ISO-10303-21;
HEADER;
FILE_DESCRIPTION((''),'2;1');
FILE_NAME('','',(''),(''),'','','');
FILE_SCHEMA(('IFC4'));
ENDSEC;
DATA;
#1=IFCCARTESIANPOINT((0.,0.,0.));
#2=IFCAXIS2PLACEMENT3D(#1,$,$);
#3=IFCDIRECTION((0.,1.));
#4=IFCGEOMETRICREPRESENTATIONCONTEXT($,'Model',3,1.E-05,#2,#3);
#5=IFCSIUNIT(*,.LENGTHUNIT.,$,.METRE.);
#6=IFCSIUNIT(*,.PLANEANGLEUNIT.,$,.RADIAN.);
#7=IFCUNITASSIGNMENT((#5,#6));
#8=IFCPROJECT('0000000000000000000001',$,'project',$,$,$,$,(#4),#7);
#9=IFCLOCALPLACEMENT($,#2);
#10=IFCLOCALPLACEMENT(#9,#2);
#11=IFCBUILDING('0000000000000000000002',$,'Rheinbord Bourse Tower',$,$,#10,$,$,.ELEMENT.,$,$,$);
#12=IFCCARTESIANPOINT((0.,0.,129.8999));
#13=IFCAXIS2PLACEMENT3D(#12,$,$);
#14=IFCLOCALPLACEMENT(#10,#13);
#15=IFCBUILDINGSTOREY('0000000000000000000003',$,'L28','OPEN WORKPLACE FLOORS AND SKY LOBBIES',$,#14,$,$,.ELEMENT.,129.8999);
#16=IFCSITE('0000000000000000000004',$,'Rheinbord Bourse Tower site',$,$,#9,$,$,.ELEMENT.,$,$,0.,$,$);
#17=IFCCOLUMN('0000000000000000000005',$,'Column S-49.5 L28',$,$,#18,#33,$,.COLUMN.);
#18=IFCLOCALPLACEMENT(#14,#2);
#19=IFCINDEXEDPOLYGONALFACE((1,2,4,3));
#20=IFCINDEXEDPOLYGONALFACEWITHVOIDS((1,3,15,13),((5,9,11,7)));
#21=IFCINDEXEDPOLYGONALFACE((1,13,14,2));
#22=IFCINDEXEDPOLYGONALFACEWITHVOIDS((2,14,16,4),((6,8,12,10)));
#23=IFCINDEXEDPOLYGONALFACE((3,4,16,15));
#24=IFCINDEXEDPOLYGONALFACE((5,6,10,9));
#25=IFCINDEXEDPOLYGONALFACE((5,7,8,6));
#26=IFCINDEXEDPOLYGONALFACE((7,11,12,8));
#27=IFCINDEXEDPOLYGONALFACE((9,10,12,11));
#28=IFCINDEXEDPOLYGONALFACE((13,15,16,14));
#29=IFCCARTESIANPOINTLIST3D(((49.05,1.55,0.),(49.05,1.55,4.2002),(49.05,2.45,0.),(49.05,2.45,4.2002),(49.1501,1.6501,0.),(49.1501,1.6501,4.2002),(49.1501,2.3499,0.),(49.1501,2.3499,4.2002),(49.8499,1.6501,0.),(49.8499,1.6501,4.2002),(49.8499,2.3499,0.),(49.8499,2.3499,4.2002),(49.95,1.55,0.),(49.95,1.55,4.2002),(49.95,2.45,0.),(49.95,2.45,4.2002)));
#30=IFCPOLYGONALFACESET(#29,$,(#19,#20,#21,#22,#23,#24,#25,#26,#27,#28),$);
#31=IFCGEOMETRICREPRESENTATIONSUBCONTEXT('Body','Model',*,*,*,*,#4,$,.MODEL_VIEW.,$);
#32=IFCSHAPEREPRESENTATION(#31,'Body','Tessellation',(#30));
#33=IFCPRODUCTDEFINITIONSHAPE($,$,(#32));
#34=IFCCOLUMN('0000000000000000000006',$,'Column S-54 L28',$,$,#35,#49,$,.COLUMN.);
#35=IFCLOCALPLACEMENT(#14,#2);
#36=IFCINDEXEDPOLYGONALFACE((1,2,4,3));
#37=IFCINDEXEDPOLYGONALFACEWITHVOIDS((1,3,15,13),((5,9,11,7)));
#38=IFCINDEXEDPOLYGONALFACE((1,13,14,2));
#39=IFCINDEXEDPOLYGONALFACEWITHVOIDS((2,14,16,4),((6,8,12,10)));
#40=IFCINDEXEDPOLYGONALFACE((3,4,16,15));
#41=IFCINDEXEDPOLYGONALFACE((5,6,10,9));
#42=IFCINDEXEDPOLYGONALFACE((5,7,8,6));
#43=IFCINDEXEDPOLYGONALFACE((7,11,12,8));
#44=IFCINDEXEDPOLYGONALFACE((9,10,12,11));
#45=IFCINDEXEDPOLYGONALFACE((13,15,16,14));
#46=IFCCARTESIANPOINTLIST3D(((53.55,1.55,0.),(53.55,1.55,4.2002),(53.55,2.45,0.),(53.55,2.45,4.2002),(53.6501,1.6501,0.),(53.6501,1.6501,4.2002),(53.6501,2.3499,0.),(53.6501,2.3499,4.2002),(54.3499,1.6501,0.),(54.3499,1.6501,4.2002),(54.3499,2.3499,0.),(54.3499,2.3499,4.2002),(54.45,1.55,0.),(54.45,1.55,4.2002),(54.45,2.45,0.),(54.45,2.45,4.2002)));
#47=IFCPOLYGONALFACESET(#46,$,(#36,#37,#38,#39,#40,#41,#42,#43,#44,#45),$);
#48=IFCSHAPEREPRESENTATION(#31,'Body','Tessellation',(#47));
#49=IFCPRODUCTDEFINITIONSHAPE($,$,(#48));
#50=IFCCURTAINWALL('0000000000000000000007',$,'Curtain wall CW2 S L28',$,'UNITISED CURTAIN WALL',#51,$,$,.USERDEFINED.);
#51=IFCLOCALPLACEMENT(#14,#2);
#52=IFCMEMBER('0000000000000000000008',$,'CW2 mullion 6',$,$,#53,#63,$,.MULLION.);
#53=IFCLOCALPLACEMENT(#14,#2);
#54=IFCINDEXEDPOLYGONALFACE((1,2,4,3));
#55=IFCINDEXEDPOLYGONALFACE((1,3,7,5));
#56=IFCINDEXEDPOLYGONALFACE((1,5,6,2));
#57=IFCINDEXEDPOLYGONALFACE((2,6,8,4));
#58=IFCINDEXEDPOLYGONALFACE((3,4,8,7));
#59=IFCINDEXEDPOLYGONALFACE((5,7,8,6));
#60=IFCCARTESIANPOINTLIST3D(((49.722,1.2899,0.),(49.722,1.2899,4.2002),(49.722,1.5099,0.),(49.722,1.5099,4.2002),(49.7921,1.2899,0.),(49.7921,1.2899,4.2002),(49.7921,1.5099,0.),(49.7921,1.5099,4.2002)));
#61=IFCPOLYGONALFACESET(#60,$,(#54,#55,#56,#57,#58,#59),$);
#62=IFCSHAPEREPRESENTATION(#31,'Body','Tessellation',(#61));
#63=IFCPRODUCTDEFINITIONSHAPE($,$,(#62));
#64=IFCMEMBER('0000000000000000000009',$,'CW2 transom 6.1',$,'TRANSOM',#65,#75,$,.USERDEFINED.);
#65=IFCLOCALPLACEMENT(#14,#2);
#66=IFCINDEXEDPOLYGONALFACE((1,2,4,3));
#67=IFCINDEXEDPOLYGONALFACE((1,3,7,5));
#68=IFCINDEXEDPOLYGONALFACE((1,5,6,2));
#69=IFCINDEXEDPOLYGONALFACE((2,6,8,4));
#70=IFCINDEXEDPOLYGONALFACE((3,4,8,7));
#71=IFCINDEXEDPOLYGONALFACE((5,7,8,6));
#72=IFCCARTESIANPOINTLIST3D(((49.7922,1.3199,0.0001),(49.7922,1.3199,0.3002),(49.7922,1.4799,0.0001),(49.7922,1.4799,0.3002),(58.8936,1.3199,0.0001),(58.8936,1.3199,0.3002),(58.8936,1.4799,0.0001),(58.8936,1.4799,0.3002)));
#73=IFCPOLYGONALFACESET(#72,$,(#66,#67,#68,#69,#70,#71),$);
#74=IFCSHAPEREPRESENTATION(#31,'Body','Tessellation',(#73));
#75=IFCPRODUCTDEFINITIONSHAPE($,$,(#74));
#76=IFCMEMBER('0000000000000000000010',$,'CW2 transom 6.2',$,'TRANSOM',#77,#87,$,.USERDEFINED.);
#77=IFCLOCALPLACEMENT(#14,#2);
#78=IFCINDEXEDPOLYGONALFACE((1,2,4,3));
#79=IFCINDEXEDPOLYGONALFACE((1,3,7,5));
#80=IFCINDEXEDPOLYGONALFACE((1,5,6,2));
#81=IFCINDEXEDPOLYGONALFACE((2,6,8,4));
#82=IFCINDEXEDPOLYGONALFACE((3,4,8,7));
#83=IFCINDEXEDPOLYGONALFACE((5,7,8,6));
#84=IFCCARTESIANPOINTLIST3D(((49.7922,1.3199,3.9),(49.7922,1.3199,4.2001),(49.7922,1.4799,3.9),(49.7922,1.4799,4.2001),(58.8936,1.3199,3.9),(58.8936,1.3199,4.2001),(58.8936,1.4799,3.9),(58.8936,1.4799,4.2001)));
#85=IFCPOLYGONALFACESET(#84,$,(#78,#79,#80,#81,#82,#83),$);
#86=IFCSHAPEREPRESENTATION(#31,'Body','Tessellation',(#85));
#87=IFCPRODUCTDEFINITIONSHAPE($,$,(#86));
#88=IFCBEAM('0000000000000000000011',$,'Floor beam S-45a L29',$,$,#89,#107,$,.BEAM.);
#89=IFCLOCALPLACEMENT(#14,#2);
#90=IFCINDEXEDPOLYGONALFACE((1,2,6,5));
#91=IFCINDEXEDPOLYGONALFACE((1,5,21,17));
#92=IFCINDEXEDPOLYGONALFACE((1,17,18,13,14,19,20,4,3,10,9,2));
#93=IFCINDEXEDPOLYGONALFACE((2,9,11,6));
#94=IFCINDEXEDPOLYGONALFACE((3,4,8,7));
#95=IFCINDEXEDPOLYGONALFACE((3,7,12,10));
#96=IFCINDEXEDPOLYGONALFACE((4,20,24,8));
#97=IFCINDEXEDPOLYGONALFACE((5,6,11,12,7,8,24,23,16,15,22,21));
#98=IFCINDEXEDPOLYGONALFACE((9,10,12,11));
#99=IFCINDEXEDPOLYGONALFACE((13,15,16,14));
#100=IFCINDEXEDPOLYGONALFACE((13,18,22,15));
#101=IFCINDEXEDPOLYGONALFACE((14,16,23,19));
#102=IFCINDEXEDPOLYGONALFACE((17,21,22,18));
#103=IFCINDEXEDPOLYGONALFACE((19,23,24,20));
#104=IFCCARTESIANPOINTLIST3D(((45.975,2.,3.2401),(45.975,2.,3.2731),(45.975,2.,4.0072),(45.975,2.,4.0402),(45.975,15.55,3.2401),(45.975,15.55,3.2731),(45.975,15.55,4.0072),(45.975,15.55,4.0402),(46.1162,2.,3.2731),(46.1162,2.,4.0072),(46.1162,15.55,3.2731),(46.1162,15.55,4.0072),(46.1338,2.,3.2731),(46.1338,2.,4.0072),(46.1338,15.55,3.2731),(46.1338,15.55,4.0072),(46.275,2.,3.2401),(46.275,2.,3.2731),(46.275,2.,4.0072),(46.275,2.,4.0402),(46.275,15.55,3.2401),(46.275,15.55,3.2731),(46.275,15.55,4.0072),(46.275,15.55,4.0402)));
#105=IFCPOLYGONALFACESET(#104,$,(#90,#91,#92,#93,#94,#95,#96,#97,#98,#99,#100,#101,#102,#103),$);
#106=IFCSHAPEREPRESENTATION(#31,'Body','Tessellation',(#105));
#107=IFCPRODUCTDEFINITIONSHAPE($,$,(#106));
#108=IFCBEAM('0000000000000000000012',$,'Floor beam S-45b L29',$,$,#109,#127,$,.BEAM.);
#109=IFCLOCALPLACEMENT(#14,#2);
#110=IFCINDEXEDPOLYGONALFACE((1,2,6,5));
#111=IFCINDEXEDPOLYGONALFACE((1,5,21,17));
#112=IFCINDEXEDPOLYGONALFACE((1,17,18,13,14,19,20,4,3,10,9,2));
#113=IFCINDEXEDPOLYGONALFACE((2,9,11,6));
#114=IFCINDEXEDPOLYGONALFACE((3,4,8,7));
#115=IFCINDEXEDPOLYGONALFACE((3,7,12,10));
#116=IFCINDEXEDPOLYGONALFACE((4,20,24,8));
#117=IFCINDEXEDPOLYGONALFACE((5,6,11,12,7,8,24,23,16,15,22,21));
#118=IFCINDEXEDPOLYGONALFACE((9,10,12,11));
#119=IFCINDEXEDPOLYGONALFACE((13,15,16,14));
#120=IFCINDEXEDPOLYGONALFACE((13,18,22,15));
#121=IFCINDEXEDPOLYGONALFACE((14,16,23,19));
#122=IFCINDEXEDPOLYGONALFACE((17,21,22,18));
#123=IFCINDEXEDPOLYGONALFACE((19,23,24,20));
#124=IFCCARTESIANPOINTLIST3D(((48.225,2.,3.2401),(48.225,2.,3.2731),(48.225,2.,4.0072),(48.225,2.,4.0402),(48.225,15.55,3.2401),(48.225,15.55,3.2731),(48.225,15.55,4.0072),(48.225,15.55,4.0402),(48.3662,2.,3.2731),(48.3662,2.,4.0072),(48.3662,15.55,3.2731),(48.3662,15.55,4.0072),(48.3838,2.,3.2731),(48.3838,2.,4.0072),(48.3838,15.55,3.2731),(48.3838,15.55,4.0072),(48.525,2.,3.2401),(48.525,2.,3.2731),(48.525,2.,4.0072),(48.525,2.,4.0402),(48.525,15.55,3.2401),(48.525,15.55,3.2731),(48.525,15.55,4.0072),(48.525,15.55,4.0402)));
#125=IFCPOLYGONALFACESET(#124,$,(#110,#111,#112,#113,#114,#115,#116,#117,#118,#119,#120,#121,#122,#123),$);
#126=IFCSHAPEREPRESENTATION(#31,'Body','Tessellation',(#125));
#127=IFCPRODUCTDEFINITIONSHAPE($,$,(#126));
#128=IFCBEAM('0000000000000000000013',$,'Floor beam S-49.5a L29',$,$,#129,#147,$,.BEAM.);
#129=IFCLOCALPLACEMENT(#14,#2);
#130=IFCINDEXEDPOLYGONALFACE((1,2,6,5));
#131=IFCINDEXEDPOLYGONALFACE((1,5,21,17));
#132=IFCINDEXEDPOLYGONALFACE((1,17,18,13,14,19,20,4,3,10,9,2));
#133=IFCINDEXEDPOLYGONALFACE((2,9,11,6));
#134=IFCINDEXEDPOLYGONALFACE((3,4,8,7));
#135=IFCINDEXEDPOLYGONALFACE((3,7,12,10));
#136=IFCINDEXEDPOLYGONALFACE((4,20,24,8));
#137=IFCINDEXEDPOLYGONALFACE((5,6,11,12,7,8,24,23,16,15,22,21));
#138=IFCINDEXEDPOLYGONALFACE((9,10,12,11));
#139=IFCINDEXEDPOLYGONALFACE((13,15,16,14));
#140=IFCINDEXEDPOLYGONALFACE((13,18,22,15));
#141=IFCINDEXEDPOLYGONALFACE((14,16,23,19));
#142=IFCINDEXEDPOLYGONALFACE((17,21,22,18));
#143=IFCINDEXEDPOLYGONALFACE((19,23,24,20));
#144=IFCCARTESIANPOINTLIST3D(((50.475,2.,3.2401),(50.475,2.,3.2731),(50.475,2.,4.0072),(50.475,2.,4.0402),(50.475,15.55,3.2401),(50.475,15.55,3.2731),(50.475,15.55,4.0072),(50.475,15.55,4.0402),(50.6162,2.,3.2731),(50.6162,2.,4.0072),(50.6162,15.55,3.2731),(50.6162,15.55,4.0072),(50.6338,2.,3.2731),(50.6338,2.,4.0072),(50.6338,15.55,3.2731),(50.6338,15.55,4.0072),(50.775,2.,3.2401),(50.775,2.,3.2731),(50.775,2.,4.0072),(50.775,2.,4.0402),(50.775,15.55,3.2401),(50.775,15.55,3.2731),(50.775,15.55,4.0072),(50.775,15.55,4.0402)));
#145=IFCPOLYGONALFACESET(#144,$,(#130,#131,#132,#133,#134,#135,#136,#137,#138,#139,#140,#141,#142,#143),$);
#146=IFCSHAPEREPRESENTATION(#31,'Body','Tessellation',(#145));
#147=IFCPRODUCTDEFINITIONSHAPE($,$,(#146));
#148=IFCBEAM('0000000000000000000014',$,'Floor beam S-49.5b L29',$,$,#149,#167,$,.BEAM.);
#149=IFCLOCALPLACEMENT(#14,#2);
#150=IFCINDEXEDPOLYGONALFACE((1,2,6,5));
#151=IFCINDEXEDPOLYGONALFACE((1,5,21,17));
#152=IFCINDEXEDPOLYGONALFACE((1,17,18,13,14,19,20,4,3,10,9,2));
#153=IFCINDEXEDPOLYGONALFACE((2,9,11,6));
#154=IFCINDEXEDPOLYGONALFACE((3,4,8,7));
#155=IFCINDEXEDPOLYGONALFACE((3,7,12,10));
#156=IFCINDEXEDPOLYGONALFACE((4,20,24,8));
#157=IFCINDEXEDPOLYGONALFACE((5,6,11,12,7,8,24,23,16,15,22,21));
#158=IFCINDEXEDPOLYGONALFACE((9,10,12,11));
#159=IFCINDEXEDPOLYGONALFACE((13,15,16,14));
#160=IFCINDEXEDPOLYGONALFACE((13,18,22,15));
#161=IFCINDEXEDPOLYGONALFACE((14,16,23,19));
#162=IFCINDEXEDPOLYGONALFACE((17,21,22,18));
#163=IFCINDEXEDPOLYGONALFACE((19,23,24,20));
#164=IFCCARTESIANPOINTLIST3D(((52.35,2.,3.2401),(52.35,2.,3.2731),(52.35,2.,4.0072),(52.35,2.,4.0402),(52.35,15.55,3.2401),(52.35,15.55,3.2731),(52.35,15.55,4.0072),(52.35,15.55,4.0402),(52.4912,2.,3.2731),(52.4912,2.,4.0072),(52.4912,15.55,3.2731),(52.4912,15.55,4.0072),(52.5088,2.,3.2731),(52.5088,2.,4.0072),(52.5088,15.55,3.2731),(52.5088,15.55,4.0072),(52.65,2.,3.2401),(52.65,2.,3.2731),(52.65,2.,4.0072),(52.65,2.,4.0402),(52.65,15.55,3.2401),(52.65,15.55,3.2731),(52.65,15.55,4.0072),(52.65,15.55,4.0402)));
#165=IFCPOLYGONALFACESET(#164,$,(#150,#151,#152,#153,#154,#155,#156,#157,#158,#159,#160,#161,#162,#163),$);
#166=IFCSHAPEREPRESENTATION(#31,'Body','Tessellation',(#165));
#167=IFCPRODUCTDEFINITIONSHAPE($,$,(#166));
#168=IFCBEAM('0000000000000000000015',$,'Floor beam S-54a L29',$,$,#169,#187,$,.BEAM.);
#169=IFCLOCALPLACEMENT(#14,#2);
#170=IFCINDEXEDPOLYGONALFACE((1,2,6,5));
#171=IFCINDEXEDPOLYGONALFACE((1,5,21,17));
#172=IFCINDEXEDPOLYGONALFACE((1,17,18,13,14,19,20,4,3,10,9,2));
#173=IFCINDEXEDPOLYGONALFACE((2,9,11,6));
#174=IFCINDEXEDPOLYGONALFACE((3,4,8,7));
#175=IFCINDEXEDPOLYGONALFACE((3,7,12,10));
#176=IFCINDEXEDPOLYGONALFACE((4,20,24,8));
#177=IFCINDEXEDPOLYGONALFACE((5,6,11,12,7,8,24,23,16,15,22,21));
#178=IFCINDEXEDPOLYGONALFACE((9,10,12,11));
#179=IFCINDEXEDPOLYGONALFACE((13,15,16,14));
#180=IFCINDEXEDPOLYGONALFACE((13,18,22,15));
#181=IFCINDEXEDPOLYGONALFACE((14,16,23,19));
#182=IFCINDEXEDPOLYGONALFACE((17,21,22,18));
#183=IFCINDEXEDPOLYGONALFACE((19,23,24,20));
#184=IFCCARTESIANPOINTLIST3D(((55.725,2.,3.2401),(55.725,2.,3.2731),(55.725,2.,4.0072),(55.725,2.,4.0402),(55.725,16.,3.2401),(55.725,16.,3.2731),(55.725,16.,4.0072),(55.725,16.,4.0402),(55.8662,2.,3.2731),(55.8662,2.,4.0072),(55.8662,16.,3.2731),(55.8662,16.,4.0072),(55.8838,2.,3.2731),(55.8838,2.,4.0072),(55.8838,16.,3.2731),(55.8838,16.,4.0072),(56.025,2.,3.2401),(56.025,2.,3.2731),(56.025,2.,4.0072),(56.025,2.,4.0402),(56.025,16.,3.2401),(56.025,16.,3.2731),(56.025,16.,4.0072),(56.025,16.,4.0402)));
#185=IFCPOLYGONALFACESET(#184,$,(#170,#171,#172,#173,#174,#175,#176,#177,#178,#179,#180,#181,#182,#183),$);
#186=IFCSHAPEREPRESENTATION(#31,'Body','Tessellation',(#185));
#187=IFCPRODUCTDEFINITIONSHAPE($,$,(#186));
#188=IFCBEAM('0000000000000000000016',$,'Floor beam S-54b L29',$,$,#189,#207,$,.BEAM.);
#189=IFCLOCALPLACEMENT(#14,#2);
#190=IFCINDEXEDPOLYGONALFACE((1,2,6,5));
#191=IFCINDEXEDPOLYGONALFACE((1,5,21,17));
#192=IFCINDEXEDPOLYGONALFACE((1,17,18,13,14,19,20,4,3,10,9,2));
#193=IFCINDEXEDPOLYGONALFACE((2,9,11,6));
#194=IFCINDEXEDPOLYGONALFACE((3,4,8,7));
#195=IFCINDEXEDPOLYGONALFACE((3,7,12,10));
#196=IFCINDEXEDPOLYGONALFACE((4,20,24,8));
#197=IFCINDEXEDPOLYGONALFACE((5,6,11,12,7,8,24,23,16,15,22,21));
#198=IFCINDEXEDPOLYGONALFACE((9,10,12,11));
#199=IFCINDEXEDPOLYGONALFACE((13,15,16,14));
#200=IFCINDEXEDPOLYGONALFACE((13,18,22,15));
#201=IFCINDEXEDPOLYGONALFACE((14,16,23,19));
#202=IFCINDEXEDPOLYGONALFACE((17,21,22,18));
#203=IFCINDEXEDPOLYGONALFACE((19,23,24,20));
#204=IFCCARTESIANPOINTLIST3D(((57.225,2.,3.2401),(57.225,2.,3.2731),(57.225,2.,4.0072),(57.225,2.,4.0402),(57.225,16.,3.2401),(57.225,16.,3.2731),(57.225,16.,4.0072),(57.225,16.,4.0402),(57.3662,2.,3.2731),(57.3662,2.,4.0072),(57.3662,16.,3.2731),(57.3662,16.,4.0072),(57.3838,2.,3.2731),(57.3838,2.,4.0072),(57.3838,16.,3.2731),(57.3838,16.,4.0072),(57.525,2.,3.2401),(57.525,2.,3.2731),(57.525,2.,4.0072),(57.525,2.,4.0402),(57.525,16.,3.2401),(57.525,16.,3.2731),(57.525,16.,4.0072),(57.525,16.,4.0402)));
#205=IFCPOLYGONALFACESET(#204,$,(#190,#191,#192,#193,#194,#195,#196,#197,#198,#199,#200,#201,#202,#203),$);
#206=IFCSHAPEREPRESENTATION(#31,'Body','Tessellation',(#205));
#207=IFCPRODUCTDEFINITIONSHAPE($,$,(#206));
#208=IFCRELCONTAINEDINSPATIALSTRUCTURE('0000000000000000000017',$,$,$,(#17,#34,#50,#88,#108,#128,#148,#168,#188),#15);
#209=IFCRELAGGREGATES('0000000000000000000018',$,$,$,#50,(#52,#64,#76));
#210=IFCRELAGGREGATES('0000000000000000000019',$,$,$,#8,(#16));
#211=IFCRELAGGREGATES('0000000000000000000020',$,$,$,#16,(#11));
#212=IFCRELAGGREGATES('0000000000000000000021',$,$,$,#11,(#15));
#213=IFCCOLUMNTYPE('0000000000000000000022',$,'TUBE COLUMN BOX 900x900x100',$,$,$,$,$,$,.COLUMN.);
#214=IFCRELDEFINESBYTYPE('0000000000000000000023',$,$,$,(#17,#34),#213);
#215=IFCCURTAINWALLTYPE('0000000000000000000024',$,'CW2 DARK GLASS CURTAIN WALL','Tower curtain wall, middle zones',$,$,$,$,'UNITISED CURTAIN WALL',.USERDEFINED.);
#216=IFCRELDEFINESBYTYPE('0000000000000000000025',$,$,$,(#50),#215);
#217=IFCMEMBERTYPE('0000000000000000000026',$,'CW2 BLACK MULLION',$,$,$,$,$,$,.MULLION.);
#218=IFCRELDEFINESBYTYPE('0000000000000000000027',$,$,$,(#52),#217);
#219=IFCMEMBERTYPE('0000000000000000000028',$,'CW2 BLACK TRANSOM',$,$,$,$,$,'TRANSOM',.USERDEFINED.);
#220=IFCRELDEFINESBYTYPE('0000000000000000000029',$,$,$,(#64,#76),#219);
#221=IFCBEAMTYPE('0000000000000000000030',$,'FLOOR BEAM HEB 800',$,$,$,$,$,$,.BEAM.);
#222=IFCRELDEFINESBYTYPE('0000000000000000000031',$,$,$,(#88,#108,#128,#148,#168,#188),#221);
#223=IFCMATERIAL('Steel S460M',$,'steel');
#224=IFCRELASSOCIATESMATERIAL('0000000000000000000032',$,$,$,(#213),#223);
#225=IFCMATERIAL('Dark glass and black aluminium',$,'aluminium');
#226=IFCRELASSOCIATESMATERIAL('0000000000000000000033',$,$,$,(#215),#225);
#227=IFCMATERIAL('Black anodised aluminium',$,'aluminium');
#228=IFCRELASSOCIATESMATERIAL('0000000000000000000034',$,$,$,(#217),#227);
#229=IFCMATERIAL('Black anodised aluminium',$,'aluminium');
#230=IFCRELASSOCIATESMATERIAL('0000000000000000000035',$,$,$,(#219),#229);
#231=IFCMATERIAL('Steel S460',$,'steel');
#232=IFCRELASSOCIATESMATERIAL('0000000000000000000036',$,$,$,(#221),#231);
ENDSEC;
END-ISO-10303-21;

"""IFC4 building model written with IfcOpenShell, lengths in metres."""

from ifc_helpers import new_model, si_unit, direction, frame, origin, origin_2d, place, context, subcontext, project, spatial, rectangle, hollow_rectangle, i_section, extrude, material, material_profile, profile_set, type_object, element, aggregate, save


model = new_model("IFC4")

# Units and contexts
model_context = context("Model", 3, precision=1e-05, world=origin(), true_north=direction((0.0, 1.0)))
body_context = subcontext(model_context, "Body", "Model", "MODEL_VIEW")
ifc_project = project(units=[si_unit("LENGTHUNIT", "METRE"), si_unit("PLANEANGLEUNIT", "RADIAN")], contexts=[model_context])

# Site, building, storey
site_placement = place(None, origin())
site = spatial("IfcSite", under=ifc_project, at=site_placement, Name="Rheinbord Bourse Tower site", CompositionType="ELEMENT", RefElevation=0.0)
building_placement = place(site_placement, origin())
building = spatial("IfcBuilding", under=site, at=building_placement, Name="Rheinbord Bourse Tower", CompositionType="ELEMENT")
storey_placement = place(building_placement, frame((0.0, 0.0, 129.8999)))
storey = spatial("IfcBuildingStorey", under=building, at=storey_placement, Name="L28", Description="OPEN WORKPLACE FLOORS AND SKY LOBBIES", CompositionType="ELEMENT", Elevation=129.8999)

# Columns
ifc_material_1 = material(Name="Steel S460M", Category="steel")
ifc_material_profile_1 = material_profile(ifc_material_1, hollow_rectangle(XDim=0.8999, YDim=0.8999, WallThickness=0.1001, at=origin_2d()), Name="BOX 900x900x100")
ifc_profile_set_1 = profile_set([ifc_material_profile_1], Name="Steel S460M")
column_type = type_object("IfcColumnType", Name="TUBE COLUMN BOX 900x900x100", PredefinedType="COLUMN", material=ifc_profile_set_1)
for number, where, z_axis, x_axis, name in (
    (1, (49.5, 2.0, 0.0), (0.0, 0.0, 1.0), (0.0, 1.0, 0.0), "Column S-49.5 L28"),
    (2, (54.0, 2.0, 0.0), (0.0, 0.0, 1.0), (0.0, 1.0, 0.0), "Column S-54 L28"),
):
    element("IfcColumn", number, at=place(storey_placement, frame(where, z_axis=z_axis, x_axis=x_axis)), inside=storey, type_object=column_type, Name=name, PredefinedType="COLUMN", context=body_context, shape_type="SweptSolid", body=[
        extrude(hollow_rectangle(XDim=0.8999, YDim=0.8999, WallThickness=0.1001, at=origin_2d()), origin(), (0.0, 0.0, 1.0), 4.2002),
    ])

# Curtain wall, members
ifc_material_2 = material(Name="Dark glass and black aluminium", Category="aluminium")
curtain_wall_type = type_object("IfcCurtainWallType", Name="CW2 DARK GLASS CURTAIN WALL", Description="Tower curtain wall, middle zones", ElementType="UNITISED CURTAIN WALL", PredefinedType="USERDEFINED", material=ifc_material_2)
curtain_wall_placement = place(storey_placement, origin())
curtain_wall = element("IfcCurtainWall", 3, at=curtain_wall_placement, inside=storey, type_object=curtain_wall_type, Name="Curtain wall CW2 S L28", ObjectType="UNITISED CURTAIN WALL", PredefinedType="USERDEFINED")
ifc_material_3 = material(Name="Black anodised aluminium", Category="aluminium")
ifc_material_profile_2 = material_profile(ifc_material_3, rectangle(XDim=0.22, YDim=0.0701, at=origin_2d()), Name="CW2 MULLION 70x220")
ifc_profile_set_2 = profile_set([ifc_material_profile_2], Name="Black anodised aluminium")
member_type_1 = type_object("IfcMemberType", Name="CW2 BLACK MULLION", PredefinedType="MULLION", material=ifc_profile_set_2)
member_1_placement = place(storey_placement, frame((49.7571, 1.3999, 0.0), z_axis=(0.0, 0.0, 1.0), x_axis=(0.0, 1.0, 0.0)))
member_1 = element("IfcMember", 4, at=member_1_placement, type_object=member_type_1, Name="CW2 mullion 6", PredefinedType="MULLION", context=body_context, shape_type="SweptSolid", body=[
    extrude(rectangle(XDim=0.22, YDim=0.0701, at=origin_2d()), origin(), (0.0, 0.0, 1.0), 4.2002),
])
ifc_material_4 = material(Name="Black anodised aluminium", Category="aluminium")
ifc_material_profile_3 = material_profile(ifc_material_4, rectangle(XDim=0.1599, YDim=0.3, at=origin_2d()), Name="CW2 TRANSOM 300x160")
ifc_profile_set_3 = profile_set([ifc_material_profile_3], Name="Black anodised aluminium")
member_type_2 = type_object("IfcMemberType", Name="CW2 BLACK TRANSOM", ElementType="TRANSOM", PredefinedType="USERDEFINED", material=ifc_profile_set_3)
member_2_placement = place(storey_placement, frame((49.7922, 1.3999, 0.1501), z_axis=(1.0, 0.0, 0.0), x_axis=(0.0, 1.0, 0.0)))
member_2 = element("IfcMember", 5, at=member_2_placement, type_object=member_type_2, Name="CW2 transom 6.1", ObjectType="TRANSOM", PredefinedType="USERDEFINED", context=body_context, shape_type="SweptSolid", body=[
    extrude(rectangle(XDim=0.1599, YDim=0.3, at=origin_2d()), origin(), (0.0, 0.0, 1.0), 9.1013),
])
member_3_placement = place(storey_placement, frame((49.7922, 1.3999, 4.05), z_axis=(1.0, 0.0, 0.0), x_axis=(0.0, 1.0, 0.0)))
member_3 = element("IfcMember", 6, at=member_3_placement, type_object=member_type_2, Name="CW2 transom 6.2", ObjectType="TRANSOM", PredefinedType="USERDEFINED", context=body_context, shape_type="SweptSolid", body=[
    extrude(rectangle(XDim=0.1599, YDim=0.3, at=origin_2d()), origin(), (0.0, 0.0, 1.0), 9.1013),
])

# Beams
ifc_material_5 = material(Name="Steel S460", Category="steel")
ifc_material_profile_4 = material_profile(ifc_material_5, i_section(OverallWidth=0.3, OverallDepth=0.8, WebThickness=0.0176, FlangeThickness=0.033, at=origin_2d()), Name="HEB 800")
ifc_profile_set_4 = profile_set([ifc_material_profile_4], Name="Steel S460")
beam_type_1 = type_object("IfcBeamType", Name="FLOOR BEAM HEB 800", PredefinedType="BEAM", material=ifc_profile_set_4)
for number, where, z_axis, x_axis, name in (
    (7, (46.125, 2.0, 3.6401), (0.0, 1.0, 0.0), (-1.0, 0.0, 0.0), "Floor beam S-45a L29"),
    (8, (48.375, 2.0, 3.6401), (0.0, 1.0, 0.0), (-1.0, 0.0, 0.0), "Floor beam S-45b L29"),
    (9, (50.625, 2.0, 3.6401), (0.0, 1.0, 0.0), (-1.0, 0.0, 0.0), "Floor beam S-49.5a L29"),
    (10, (52.5, 2.0, 3.6401), (0.0, 1.0, 0.0), (-1.0, 0.0, 0.0), "Floor beam S-49.5b L29"),
):
    element("IfcBeam", number, at=place(storey_placement, frame(where, z_axis=z_axis, x_axis=x_axis)), inside=storey, type_object=beam_type_1, Name=name, PredefinedType="BEAM", context=body_context, shape_type="SweptSolid", body=[
        extrude(i_section(OverallWidth=0.3, OverallDepth=0.8, WebThickness=0.0176, FlangeThickness=0.033, at=origin_2d()), origin(), (0.0, 0.0, 1.0), 13.55),
    ])
for number, where, z_axis, x_axis, name in (
    (11, (55.875, 2.0, 3.6401), (0.0, 1.0, 0.0), (-1.0, 0.0, 0.0), "Floor beam S-54a L29"),
    (12, (57.375, 2.0, 3.6401), (0.0, 1.0, 0.0), (-1.0, 0.0, 0.0), "Floor beam S-54b L29"),
):
    element("IfcBeam", number, at=place(storey_placement, frame(where, z_axis=z_axis, x_axis=x_axis)), inside=storey, type_object=beam_type_1, Name=name, PredefinedType="BEAM", context=body_context, shape_type="SweptSolid", body=[
        extrude(i_section(OverallWidth=0.3, OverallDepth=0.8, WebThickness=0.0176, FlangeThickness=0.033, at=origin_2d()), origin(), (0.0, 0.0, 1.0), 14.0),
    ])

aggregate(curtain_wall, [member_1, member_2, member_3])

save(model, "model.ifc")
